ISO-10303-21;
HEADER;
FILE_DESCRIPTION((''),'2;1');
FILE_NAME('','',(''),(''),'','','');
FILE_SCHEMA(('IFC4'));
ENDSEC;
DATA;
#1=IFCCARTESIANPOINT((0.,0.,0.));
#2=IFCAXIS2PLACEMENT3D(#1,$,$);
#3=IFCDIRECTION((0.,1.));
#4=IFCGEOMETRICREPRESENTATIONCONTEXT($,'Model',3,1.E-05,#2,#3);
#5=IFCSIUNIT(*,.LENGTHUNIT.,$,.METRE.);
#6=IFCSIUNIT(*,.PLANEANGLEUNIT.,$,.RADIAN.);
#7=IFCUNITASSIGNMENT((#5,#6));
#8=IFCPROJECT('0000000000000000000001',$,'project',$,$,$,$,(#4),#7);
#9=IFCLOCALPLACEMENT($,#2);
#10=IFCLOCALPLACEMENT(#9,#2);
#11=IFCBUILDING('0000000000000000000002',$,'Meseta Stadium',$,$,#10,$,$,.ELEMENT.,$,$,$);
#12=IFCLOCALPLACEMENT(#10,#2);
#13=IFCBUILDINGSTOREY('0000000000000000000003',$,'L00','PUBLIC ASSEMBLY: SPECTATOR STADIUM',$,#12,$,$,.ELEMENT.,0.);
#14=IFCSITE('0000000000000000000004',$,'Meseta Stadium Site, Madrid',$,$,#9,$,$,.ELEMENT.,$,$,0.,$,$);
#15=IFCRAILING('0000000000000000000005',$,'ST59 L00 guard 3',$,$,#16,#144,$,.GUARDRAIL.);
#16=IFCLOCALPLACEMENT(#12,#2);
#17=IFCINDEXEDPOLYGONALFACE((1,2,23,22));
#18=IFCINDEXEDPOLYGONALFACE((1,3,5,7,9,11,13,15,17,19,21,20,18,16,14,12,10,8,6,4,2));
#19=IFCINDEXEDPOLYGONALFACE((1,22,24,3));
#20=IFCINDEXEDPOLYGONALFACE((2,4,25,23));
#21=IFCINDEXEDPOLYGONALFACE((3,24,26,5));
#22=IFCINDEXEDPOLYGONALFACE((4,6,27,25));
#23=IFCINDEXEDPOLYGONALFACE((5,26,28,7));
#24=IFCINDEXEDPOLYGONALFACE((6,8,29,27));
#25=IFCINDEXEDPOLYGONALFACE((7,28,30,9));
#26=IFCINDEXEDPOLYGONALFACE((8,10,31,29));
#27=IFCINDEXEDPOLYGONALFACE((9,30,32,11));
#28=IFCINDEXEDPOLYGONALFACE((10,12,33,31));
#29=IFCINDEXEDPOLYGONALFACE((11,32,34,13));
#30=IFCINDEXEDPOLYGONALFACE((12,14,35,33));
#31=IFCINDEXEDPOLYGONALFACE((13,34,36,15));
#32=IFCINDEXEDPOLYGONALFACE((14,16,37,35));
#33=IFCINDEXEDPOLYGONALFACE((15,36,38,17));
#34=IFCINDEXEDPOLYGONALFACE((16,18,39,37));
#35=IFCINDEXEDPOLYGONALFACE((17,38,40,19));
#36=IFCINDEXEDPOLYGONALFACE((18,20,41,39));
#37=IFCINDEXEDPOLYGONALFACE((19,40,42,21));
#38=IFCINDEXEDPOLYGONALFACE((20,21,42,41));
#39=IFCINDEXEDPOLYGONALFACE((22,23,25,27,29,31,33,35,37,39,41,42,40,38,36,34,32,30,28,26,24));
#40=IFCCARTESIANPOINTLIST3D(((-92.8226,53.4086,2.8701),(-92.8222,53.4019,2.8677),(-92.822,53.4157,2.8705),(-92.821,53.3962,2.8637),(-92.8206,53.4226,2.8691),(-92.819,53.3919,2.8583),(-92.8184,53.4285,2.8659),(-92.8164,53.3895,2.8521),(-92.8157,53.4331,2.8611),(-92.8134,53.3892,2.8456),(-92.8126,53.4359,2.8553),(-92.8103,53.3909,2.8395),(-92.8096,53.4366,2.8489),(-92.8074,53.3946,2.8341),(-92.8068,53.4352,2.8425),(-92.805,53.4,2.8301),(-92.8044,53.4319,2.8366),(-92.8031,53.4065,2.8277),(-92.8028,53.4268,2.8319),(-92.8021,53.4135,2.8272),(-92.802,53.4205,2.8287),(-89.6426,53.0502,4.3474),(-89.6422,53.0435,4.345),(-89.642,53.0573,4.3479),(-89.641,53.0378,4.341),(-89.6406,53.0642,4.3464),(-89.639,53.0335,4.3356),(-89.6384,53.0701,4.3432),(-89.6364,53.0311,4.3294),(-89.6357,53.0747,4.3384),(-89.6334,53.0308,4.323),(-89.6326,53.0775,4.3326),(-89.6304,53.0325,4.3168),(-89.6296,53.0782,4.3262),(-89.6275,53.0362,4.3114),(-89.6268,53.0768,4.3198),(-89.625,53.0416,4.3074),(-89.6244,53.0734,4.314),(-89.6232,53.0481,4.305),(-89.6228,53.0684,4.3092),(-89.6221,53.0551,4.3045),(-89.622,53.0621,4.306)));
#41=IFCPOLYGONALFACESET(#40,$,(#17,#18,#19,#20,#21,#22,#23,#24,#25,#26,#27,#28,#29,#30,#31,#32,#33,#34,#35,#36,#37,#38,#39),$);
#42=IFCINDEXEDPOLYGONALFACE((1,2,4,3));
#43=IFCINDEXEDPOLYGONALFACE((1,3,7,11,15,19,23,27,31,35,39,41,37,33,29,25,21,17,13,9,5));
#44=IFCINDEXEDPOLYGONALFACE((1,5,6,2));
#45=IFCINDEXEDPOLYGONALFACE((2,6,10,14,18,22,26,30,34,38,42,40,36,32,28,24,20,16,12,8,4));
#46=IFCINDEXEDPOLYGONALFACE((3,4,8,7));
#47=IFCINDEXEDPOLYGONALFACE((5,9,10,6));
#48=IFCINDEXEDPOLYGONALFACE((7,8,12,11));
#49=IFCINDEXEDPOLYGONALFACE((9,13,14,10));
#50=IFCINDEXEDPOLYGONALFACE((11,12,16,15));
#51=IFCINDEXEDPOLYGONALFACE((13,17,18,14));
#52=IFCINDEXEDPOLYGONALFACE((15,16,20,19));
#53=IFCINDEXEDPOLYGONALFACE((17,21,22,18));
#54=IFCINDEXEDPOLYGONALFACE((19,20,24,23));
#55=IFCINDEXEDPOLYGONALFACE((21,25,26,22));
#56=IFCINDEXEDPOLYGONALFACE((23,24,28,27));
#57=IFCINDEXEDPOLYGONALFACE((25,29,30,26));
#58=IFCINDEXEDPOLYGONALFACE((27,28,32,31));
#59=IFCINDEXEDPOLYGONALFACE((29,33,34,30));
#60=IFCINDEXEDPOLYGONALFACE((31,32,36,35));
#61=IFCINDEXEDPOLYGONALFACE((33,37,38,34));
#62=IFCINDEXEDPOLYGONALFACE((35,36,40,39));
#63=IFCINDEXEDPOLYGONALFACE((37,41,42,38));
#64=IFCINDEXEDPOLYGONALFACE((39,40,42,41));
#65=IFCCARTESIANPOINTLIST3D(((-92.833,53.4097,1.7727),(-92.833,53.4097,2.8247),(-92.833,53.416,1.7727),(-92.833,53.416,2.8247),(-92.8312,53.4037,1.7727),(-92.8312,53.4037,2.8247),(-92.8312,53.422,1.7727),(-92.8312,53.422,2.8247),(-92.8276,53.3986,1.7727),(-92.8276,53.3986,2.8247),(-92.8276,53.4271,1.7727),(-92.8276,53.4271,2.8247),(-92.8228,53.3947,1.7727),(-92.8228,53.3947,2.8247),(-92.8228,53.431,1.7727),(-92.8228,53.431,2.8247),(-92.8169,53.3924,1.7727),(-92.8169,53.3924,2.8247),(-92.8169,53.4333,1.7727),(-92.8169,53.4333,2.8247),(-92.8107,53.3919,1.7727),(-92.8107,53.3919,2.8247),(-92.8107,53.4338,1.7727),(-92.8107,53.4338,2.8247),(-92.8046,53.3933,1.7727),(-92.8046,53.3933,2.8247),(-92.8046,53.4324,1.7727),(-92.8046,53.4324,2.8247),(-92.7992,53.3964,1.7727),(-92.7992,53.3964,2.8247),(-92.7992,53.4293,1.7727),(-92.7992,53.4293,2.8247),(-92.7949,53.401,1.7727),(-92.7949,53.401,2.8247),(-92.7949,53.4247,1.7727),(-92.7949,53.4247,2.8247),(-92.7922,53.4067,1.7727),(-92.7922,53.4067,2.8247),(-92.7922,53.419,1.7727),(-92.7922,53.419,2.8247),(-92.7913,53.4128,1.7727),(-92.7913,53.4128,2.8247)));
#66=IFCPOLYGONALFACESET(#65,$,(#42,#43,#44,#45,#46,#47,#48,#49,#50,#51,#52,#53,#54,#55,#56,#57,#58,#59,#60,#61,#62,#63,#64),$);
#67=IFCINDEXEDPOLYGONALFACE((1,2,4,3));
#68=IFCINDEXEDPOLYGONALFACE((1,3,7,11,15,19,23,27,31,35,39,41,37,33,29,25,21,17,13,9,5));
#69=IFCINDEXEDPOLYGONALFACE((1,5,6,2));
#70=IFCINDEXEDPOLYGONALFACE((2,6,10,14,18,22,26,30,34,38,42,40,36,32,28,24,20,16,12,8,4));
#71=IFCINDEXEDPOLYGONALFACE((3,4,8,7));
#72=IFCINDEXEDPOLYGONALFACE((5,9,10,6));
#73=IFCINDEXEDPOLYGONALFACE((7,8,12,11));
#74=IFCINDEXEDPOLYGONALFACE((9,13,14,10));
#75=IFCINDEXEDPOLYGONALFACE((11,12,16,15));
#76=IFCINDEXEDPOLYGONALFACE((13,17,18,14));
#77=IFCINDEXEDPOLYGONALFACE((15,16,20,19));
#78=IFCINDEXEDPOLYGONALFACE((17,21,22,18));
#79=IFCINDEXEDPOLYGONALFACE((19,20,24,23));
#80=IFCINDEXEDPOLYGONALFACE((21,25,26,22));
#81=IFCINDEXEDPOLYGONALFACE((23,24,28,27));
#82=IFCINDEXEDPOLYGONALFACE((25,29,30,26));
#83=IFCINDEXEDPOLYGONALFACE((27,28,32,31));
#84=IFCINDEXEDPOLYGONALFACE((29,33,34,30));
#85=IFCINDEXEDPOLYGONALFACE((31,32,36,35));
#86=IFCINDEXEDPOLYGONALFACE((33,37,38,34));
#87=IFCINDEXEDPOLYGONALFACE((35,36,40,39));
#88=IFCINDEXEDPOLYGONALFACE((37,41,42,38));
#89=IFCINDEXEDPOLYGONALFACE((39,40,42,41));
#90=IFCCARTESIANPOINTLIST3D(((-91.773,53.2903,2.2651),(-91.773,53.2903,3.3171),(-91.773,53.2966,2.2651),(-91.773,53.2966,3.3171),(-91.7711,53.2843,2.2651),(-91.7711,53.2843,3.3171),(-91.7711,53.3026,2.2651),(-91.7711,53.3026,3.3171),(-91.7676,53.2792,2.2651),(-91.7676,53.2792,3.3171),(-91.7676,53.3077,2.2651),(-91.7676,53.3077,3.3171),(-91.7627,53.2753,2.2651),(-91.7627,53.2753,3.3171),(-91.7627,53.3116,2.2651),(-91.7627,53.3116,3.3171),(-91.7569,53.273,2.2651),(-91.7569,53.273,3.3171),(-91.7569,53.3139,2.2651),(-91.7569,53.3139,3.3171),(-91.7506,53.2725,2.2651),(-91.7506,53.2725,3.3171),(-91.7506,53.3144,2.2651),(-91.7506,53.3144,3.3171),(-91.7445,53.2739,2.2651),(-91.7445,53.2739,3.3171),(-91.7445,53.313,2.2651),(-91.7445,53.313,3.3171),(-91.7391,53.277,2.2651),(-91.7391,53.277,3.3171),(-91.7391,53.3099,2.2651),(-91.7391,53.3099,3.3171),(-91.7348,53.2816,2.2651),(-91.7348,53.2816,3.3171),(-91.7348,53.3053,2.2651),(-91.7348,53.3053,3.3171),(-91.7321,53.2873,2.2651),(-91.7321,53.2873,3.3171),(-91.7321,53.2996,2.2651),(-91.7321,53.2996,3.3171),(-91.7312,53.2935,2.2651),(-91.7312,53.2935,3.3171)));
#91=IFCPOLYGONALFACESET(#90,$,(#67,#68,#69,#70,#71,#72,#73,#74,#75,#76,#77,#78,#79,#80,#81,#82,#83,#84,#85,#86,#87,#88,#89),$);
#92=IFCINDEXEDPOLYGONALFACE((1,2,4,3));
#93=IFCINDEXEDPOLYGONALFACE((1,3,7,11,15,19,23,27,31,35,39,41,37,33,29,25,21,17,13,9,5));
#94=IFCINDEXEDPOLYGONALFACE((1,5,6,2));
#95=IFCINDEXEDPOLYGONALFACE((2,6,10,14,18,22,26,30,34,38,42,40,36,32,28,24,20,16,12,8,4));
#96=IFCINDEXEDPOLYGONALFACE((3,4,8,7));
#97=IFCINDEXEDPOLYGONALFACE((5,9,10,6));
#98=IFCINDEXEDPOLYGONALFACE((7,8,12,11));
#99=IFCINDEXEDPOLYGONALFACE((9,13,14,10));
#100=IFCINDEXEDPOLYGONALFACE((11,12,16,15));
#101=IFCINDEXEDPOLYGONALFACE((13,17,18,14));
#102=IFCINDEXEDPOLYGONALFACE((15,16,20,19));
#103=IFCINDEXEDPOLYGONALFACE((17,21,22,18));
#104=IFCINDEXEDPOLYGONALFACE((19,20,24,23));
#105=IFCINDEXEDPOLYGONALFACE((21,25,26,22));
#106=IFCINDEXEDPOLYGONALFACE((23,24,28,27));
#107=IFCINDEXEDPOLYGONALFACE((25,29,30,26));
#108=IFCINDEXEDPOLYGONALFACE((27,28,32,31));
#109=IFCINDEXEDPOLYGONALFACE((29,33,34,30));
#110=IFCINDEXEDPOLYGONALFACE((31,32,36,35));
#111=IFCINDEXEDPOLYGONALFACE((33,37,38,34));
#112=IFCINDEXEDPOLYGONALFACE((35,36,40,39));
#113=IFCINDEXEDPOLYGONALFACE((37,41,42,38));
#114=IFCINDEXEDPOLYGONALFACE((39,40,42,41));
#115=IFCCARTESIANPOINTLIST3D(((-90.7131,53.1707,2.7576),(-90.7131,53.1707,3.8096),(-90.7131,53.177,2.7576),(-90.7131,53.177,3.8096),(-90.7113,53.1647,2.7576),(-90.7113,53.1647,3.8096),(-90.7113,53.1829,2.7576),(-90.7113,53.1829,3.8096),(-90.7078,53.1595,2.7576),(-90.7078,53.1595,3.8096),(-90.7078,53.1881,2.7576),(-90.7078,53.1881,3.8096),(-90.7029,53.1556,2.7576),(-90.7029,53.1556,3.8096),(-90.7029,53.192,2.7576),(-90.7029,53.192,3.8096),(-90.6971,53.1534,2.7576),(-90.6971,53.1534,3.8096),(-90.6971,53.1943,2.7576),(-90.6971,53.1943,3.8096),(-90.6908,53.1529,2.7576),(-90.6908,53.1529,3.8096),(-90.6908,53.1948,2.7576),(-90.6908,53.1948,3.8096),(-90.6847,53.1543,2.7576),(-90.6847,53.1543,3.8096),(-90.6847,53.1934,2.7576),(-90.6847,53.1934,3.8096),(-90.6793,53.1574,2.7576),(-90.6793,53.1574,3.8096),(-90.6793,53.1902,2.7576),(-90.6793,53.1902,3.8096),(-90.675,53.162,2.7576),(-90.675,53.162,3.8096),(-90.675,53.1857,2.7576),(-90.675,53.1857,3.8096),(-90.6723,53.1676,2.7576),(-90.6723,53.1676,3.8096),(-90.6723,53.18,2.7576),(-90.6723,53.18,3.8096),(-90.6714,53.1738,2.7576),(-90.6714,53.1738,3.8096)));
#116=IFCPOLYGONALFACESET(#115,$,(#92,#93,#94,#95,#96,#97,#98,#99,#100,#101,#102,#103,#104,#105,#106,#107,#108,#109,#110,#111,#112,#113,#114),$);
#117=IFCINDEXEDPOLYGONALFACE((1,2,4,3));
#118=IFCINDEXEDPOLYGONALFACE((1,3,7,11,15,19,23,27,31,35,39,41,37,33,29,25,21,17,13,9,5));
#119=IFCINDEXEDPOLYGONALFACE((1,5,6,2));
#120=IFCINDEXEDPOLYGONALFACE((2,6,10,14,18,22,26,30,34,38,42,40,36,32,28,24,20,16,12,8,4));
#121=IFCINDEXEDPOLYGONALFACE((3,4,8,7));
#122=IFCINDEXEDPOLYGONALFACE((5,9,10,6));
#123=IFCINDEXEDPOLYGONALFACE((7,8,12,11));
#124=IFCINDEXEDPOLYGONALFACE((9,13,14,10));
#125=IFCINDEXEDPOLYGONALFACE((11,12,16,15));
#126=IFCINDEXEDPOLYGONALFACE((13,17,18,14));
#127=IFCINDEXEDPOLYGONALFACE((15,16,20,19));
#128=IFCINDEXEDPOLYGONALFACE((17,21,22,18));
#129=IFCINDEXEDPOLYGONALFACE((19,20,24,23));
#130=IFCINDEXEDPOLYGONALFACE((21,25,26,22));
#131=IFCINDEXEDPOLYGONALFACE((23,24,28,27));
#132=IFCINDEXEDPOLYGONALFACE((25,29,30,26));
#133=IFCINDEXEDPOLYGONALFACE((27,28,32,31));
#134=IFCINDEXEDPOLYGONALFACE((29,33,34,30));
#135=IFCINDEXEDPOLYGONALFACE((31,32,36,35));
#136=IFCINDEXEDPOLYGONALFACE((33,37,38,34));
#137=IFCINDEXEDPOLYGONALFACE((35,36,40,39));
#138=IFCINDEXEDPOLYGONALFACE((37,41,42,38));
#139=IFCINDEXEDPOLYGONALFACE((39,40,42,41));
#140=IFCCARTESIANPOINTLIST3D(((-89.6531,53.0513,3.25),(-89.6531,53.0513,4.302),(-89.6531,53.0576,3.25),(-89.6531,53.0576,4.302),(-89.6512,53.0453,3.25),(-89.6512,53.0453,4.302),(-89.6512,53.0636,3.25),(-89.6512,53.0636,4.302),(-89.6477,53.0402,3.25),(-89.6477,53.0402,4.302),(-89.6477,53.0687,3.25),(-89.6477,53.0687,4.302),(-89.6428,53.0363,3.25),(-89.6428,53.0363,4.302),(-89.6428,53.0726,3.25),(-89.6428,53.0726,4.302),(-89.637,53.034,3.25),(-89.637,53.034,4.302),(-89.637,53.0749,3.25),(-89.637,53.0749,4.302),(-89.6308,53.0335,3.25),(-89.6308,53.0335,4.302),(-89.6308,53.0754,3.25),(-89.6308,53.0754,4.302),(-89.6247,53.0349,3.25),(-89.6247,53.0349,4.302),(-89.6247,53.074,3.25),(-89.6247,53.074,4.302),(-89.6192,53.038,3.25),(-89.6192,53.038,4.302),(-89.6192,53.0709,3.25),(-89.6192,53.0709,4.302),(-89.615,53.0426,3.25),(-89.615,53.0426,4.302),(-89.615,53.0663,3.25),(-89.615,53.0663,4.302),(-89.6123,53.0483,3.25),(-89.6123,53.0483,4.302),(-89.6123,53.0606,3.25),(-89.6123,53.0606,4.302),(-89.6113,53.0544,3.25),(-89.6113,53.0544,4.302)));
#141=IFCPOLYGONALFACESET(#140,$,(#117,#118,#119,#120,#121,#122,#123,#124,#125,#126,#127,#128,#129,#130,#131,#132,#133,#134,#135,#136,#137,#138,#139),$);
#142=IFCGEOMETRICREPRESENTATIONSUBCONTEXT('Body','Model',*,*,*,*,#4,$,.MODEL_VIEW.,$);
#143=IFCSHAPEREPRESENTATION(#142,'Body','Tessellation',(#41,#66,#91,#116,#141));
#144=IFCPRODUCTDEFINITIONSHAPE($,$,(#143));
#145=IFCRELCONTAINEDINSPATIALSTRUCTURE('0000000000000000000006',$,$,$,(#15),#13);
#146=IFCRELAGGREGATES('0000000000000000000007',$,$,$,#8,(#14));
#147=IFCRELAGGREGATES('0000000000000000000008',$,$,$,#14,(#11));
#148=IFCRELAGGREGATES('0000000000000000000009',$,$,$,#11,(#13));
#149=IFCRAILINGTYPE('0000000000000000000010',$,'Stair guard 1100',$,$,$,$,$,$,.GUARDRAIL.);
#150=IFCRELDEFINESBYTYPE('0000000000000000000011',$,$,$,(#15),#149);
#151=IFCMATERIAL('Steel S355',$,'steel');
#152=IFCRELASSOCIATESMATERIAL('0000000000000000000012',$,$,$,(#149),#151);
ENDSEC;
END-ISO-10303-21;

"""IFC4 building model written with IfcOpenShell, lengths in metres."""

from ifc_helpers import new_model, si_unit, direction, frame, origin, origin_2d, place, context, subcontext, project, spatial, circle, extrude, material, type_object, element, save


model = new_model("IFC4")

# Units and contexts
model_context = context("Model", 3, precision=1e-05, world=origin(), true_north=direction((0.0, 1.0)))
body_context = subcontext(model_context, "Body", "Model", "MODEL_VIEW")
ifc_project = project(units=[si_unit("LENGTHUNIT", "METRE"), si_unit("PLANEANGLEUNIT", "RADIAN")], contexts=[model_context])

# Site, building, storey
site_placement = place(None, origin())
site = spatial("IfcSite", under=ifc_project, at=site_placement, Name="Meseta Stadium Site, Madrid", CompositionType="ELEMENT", RefElevation=0.0)
building_placement = place(site_placement, origin())
building = spatial("IfcBuilding", under=site, at=building_placement, Name="Meseta Stadium", CompositionType="ELEMENT")
storey_placement = place(building_placement, origin())
storey = spatial("IfcBuildingStorey", under=building, at=storey_placement, Name="L00", Description="PUBLIC ASSEMBLY: SPECTATOR STADIUM", CompositionType="ELEMENT", Elevation=0.0)

# Railing
ifc_material_1 = material(Name="Steel S355", Category="steel")
railing_type_1 = type_object("IfcRailingType", Name="Stair guard 1100", PredefinedType="GUARDRAIL", material=ifc_material_1)
railing_1_placement = place(storey_placement, frame((-92.8123, 53.4128, 1.7727)))
element("IfcRailing", 1, at=railing_1_placement, inside=storey, type_object=railing_type_1, Name="ST59 L00 guard 3", PredefinedType="GUARDRAIL", context=body_context, shape_type="SweptSolid", body=[
    extrude(circle(Radius=0.0239, at=origin_2d()), frame((0.0, 0.0, 1.0762), z_axis=(0.90221, -0.101685, 0.419138), x_axis=(0.111997, 0.993709, 0.0)), (0.0, 0.0, 1.0), 3.5247),
    extrude(circle(Radius=0.021, at=origin_2d()), origin(), (0.0, 0.0, 1.0), 1.052),
    extrude(circle(Radius=0.021, at=origin_2d()), frame((1.0601, -0.1194, 0.4924)), (0.0, 0.0, 1.0), 1.052),
    extrude(circle(Radius=0.021, at=origin_2d()), frame((2.1199, -0.239, 0.9849)), (0.0, 0.0, 1.0), 1.052),
    extrude(circle(Radius=0.021, at=origin_2d()), frame((3.1799, -0.3584, 1.4773)), (0.0, 0.0, 1.0), 1.052),
])

save(model, "model.ifc")
